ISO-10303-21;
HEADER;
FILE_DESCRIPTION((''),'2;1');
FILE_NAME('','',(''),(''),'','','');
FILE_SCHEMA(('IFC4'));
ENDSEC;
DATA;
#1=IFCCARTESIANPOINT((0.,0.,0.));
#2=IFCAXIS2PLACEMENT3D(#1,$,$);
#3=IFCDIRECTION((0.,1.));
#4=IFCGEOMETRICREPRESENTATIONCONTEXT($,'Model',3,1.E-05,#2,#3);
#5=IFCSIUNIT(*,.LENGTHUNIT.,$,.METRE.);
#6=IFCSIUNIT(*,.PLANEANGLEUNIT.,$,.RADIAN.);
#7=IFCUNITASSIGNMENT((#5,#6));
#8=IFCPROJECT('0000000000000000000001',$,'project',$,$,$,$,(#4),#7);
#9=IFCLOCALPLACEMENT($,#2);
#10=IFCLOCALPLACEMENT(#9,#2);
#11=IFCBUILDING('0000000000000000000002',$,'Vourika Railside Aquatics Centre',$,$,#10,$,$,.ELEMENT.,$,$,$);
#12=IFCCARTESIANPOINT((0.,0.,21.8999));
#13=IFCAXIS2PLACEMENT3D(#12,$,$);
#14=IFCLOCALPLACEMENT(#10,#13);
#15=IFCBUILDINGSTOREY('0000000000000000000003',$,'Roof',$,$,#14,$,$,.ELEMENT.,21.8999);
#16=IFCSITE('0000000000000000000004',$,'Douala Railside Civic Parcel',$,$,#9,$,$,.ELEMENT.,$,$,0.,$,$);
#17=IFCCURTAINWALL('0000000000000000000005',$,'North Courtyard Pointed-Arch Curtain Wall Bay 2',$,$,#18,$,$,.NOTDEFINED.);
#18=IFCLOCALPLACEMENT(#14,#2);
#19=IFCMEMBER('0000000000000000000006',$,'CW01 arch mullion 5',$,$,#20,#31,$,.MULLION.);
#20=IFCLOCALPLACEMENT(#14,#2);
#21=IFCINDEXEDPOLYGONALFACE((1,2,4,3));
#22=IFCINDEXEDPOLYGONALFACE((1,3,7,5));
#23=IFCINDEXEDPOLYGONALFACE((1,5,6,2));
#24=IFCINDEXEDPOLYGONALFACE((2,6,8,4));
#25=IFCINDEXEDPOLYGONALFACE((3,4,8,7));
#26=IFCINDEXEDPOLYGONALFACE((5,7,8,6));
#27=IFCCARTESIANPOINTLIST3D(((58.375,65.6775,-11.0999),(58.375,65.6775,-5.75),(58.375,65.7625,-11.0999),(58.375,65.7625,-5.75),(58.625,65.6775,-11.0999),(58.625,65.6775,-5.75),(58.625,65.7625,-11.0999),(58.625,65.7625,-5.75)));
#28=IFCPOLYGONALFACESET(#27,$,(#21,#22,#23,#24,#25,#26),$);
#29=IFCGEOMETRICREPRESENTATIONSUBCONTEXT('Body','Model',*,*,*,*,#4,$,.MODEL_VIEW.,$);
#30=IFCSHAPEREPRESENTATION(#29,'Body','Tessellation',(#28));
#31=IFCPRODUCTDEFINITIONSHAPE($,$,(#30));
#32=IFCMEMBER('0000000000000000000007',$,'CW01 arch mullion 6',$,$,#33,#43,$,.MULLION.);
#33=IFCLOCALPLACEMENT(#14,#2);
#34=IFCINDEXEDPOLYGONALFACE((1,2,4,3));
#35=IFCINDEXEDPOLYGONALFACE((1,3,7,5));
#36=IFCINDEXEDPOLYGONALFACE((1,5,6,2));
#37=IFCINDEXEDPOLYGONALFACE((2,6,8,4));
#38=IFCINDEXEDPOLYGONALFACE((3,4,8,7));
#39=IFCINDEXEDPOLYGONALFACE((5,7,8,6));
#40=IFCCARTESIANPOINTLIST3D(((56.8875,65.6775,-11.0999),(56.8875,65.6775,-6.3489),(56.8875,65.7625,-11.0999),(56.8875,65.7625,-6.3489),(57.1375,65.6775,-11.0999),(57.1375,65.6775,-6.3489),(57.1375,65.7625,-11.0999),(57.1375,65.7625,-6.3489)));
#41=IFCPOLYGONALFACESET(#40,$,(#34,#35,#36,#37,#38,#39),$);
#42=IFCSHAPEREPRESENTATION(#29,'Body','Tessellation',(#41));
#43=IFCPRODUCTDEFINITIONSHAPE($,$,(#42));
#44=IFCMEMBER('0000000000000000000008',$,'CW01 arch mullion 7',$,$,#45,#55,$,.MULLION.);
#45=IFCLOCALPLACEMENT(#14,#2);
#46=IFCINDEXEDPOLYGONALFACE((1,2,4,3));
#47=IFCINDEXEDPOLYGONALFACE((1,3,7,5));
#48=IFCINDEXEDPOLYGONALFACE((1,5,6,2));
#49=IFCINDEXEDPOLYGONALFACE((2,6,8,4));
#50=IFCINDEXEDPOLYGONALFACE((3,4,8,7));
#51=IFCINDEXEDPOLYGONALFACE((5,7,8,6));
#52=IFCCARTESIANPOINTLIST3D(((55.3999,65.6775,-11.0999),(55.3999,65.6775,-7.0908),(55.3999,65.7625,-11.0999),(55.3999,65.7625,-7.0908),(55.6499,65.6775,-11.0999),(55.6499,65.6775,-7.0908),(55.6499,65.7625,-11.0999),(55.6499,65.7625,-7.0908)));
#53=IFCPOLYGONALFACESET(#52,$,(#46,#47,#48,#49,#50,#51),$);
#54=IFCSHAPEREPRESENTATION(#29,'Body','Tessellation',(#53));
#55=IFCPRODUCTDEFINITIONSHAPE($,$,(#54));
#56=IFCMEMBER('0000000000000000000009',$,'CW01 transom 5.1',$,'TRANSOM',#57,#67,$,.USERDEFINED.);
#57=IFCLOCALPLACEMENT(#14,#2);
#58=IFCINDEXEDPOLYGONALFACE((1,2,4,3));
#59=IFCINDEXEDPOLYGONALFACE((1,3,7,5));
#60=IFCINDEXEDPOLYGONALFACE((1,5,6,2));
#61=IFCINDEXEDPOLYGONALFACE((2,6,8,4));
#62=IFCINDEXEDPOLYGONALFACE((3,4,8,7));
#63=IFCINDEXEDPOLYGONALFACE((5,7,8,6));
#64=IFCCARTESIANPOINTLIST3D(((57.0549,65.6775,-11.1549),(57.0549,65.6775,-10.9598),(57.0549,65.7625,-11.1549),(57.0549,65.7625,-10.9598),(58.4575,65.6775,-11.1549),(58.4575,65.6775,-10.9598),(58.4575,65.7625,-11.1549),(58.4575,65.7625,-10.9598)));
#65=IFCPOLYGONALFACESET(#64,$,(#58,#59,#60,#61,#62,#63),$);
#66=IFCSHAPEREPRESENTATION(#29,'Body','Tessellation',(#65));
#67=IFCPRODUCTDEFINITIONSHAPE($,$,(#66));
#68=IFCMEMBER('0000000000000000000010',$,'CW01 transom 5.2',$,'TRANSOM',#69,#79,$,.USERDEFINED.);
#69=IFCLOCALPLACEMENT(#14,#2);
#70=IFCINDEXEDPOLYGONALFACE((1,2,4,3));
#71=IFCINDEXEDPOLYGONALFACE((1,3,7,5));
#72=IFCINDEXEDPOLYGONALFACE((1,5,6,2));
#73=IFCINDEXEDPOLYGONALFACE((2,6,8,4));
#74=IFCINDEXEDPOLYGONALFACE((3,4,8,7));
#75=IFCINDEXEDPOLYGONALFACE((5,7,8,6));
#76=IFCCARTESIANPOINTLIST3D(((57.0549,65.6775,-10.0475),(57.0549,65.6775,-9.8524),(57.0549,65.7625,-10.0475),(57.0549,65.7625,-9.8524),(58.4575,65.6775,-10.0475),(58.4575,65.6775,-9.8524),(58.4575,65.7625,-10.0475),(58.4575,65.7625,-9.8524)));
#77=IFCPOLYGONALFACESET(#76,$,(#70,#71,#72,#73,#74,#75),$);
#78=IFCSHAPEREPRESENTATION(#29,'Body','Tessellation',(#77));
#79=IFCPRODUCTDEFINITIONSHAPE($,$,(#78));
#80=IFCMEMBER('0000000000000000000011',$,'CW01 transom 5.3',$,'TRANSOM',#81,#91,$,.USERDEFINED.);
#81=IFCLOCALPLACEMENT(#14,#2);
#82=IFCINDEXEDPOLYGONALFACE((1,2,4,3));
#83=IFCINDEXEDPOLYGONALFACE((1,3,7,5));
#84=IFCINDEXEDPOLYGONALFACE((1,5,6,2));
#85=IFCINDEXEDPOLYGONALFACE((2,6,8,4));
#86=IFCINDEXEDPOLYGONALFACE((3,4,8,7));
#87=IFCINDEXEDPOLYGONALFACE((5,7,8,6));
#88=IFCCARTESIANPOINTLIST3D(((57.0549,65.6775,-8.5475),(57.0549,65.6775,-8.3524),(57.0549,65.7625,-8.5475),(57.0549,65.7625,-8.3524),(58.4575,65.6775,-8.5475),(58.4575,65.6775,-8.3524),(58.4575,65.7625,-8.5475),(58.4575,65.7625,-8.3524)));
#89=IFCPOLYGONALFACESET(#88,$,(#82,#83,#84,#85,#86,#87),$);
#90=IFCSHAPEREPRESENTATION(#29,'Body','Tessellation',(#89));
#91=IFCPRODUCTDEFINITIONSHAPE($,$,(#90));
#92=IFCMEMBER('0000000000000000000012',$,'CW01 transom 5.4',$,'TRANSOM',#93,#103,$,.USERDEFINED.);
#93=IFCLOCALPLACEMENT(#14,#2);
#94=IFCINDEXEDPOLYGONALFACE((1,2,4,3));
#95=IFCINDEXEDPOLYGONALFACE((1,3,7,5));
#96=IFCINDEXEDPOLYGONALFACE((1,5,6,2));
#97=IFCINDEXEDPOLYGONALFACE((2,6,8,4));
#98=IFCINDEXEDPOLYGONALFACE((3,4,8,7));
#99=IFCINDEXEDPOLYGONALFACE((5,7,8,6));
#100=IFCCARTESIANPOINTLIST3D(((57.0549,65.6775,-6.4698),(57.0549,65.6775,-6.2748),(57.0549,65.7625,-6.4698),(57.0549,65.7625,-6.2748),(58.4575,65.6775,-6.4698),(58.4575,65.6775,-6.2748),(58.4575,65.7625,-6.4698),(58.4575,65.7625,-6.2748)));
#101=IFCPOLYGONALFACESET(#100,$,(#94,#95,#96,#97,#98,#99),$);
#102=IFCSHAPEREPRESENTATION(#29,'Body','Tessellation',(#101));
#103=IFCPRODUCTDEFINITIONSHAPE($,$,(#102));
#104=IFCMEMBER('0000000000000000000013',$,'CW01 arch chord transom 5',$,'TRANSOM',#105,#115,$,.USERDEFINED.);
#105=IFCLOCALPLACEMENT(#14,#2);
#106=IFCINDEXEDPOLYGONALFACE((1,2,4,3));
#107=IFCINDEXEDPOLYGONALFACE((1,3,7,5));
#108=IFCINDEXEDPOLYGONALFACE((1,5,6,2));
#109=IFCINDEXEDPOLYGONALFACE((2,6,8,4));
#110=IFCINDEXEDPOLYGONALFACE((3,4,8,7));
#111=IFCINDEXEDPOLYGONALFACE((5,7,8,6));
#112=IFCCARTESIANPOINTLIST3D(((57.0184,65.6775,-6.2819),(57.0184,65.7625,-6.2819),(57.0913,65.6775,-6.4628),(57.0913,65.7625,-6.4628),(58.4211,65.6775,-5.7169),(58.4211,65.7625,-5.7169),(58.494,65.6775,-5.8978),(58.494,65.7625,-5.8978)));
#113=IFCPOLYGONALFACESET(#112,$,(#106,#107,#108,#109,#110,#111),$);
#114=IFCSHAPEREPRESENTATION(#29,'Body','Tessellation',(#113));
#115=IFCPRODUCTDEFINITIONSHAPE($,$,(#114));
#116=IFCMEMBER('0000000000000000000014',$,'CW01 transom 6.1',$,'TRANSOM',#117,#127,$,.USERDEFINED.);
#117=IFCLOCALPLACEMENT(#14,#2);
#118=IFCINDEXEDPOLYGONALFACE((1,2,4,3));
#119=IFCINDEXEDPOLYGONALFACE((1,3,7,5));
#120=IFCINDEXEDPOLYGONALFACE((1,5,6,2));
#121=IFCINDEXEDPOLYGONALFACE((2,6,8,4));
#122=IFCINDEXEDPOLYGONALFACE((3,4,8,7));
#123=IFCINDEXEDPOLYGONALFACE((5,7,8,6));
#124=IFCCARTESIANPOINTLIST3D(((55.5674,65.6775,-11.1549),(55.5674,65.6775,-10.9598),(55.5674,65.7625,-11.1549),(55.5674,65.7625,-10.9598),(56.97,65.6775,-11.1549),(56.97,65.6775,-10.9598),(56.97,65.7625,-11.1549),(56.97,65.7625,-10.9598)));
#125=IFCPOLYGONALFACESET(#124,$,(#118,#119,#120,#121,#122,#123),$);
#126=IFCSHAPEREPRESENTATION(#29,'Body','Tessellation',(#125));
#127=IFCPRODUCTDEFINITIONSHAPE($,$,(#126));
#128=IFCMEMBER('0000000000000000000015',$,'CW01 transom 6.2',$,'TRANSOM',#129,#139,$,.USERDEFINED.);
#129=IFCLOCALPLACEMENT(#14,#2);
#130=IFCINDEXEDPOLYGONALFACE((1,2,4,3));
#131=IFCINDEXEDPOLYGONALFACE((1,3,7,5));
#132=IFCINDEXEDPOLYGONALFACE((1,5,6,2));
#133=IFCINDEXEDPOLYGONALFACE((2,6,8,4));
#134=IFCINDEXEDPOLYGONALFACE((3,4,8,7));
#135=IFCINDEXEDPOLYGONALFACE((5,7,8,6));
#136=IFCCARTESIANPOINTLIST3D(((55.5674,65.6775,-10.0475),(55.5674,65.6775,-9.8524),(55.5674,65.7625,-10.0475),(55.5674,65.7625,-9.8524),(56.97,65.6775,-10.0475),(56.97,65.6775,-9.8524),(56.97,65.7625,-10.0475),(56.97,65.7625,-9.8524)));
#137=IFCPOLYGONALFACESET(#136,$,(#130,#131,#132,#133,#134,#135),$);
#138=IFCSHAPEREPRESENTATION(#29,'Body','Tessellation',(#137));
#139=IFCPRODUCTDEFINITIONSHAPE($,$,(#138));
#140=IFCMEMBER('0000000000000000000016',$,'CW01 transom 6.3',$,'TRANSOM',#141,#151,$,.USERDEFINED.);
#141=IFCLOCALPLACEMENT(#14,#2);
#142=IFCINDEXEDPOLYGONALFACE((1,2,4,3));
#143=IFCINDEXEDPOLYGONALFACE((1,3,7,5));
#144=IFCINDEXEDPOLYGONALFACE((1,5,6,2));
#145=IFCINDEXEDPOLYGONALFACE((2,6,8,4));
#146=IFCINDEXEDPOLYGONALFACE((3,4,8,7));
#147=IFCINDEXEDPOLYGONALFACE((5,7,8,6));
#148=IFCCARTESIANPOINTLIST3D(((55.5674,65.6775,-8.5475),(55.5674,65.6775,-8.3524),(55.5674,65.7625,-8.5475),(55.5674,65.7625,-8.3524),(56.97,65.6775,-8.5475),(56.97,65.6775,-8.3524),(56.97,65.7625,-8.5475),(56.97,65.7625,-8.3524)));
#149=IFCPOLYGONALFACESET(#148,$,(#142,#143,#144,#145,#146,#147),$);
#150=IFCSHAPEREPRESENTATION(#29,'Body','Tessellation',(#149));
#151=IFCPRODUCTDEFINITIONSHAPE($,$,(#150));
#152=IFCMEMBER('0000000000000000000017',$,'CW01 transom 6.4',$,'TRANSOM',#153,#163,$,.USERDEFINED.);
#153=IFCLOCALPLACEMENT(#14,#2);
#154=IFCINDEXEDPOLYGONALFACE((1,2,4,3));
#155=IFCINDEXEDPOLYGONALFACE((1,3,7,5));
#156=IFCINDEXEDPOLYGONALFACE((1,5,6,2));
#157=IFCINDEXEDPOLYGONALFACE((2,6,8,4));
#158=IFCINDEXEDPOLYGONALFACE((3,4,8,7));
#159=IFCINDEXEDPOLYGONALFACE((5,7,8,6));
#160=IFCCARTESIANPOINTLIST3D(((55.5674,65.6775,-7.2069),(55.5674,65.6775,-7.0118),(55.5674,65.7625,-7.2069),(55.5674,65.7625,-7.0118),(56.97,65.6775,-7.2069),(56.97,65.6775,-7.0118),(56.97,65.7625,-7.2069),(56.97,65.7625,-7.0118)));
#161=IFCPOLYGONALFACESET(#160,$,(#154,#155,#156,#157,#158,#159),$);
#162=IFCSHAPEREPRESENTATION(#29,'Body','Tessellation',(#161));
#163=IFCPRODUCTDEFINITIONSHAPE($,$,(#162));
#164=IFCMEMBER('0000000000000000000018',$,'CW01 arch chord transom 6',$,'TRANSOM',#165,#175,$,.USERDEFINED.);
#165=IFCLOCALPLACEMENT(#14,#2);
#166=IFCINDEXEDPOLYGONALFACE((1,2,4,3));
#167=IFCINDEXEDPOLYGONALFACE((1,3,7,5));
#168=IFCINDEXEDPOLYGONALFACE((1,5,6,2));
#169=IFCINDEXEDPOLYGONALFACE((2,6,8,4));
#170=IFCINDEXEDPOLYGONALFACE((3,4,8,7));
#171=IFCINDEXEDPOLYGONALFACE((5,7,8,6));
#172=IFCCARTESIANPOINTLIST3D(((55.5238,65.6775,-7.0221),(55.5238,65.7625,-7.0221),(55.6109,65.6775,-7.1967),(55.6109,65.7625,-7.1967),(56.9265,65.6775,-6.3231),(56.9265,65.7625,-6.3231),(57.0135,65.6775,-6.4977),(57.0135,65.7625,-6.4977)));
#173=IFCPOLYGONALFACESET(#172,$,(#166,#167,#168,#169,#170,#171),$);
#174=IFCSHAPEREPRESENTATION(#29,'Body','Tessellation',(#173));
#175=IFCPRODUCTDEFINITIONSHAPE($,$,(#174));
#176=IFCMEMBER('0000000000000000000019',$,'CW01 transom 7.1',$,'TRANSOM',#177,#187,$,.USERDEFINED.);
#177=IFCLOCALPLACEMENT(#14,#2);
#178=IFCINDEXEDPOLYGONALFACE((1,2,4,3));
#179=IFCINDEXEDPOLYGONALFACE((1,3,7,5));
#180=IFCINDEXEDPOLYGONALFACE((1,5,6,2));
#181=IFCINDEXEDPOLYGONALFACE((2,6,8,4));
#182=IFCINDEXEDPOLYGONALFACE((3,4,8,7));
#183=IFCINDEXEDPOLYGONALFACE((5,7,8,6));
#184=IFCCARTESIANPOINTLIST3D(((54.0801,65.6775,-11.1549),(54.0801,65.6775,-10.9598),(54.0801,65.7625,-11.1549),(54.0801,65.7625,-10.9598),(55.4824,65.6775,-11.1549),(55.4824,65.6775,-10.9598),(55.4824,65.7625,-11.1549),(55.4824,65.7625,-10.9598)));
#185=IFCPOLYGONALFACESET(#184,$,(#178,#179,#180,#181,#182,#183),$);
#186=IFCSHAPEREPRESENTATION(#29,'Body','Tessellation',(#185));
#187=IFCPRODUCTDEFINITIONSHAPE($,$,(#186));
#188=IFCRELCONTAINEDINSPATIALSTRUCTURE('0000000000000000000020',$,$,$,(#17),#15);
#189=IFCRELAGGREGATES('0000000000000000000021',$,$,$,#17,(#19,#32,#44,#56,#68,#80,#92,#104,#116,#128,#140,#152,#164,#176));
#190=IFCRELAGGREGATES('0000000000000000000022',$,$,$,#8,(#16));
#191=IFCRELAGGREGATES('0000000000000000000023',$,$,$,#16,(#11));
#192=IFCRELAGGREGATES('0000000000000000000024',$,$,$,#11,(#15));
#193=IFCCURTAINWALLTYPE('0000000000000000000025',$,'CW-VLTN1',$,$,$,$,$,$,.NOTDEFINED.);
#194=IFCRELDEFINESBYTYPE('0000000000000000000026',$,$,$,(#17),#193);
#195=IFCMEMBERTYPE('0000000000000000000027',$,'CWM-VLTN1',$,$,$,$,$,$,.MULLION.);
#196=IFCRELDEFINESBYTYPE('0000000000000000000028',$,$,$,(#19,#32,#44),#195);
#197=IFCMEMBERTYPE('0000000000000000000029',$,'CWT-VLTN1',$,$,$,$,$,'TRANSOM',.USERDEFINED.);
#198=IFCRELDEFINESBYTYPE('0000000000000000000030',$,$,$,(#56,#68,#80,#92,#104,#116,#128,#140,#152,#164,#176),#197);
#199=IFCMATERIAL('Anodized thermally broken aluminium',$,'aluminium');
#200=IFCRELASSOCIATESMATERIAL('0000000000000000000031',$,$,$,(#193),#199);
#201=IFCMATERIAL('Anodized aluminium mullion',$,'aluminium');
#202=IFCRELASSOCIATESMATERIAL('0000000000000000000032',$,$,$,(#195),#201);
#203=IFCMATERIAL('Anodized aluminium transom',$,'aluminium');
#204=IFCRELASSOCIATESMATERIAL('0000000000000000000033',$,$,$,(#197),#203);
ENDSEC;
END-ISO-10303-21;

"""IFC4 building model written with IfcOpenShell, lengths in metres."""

from ifc_helpers import new_model, si_unit, direction, frame, origin, origin_2d, place, context, subcontext, project, spatial, rectangle, extrude, material, material_profile, profile_set, type_object, element, aggregate, save


model = new_model("IFC4")

# Units and contexts
model_context = context("Model", 3, precision=1e-05, world=origin(), true_north=direction((0.0, 1.0)))
body_context = subcontext(model_context, "Body", "Model", "MODEL_VIEW")
ifc_project = project(units=[si_unit("LENGTHUNIT", "METRE"), si_unit("PLANEANGLEUNIT", "RADIAN")], contexts=[model_context])

# Site, building, storey
site_placement = place(None, origin())
site = spatial("IfcSite", under=ifc_project, at=site_placement, Name="Douala Railside Civic Parcel", CompositionType="ELEMENT", RefElevation=0.0)
building_placement = place(site_placement, origin())
building = spatial("IfcBuilding", under=site, at=building_placement, Name="Vourika Railside Aquatics Centre", CompositionType="ELEMENT")
storey_placement = place(building_placement, frame((0.0, 0.0, 21.8999)))
storey = spatial("IfcBuildingStorey", under=building, at=storey_placement, Name="Roof", CompositionType="ELEMENT", Elevation=21.8999)

# Curtain wall, members
ifc_material_1 = material(Name="Anodized thermally broken aluminium", Category="aluminium")
curtain_wall_type = type_object("IfcCurtainWallType", Name="CW-VLTN1", PredefinedType="NOTDEFINED", material=ifc_material_1)
curtain_wall_placement = place(storey_placement, origin())
curtain_wall = element("IfcCurtainWall", 1, at=curtain_wall_placement, inside=storey, type_object=curtain_wall_type, Name="North Courtyard Pointed-Arch Curtain Wall Bay 2", PredefinedType="NOTDEFINED")
ifc_material_2 = material(Name="Anodized aluminium mullion", Category="aluminium")
ifc_material_profile_1 = material_profile(ifc_material_2, rectangle(XDim=0.085, YDim=0.25, at=origin_2d()), Name="ALU-M 85x250")
ifc_profile_set_1 = profile_set([ifc_material_profile_1], Name="Anodized aluminium mullion")
member_type_1 = type_object("IfcMemberType", Name="CWM-VLTN1", PredefinedType="MULLION", material=ifc_profile_set_1)
member_1_placement = place(storey_placement, frame((58.5, 65.72, -11.0999), z_axis=(0.0, 0.0, 1.0), x_axis=(0.0, -1.0, 0.0)))
member_1 = element("IfcMember", 2, at=member_1_placement, type_object=member_type_1, Name="CW01 arch mullion 5", PredefinedType="MULLION", context=body_context, shape_type="SweptSolid", body=[
    extrude(rectangle(XDim=0.085, YDim=0.25, at=origin_2d()), origin(), (0.0, 0.0, 1.0), 5.3499),
])
member_2_placement = place(storey_placement, frame((57.0125, 65.72, -11.0999), z_axis=(0.0, 0.0, 1.0), x_axis=(0.0, -1.0, 0.0)))
member_2 = element("IfcMember", 3, at=member_2_placement, type_object=member_type_1, Name="CW01 arch mullion 6", PredefinedType="MULLION", context=body_context, shape_type="SweptSolid", body=[
    extrude(rectangle(XDim=0.085, YDim=0.25, at=origin_2d()), origin(), (0.0, 0.0, 1.0), 4.751),
])
member_3_placement = place(storey_placement, frame((55.5249, 65.72, -11.0999), z_axis=(0.0, 0.0, 1.0), x_axis=(0.0, -1.0, 0.0)))
member_3 = element("IfcMember", 4, at=member_3_placement, type_object=member_type_1, Name="CW01 arch mullion 7", PredefinedType="MULLION", context=body_context, shape_type="SweptSolid", body=[
    extrude(rectangle(XDim=0.085, YDim=0.25, at=origin_2d()), origin(), (0.0, 0.0, 1.0), 4.009),
])
ifc_material_3 = material(Name="Anodized aluminium transom", Category="aluminium")
ifc_material_profile_2 = material_profile(ifc_material_3, rectangle(XDim=0.085, YDim=0.1951, at=origin_2d()), Name="ALU-T 85x195")
ifc_profile_set_2 = profile_set([ifc_material_profile_2], Name="Anodized aluminium transom")
member_type_2 = type_object("IfcMemberType", Name="CWT-VLTN1", ElementType="TRANSOM", PredefinedType="USERDEFINED", material=ifc_profile_set_2)
member_4_placement = place(storey_placement, frame((58.4575, 65.72, -11.0574), z_axis=(-1.0, 0.0, 0.0), x_axis=(0.0, -1.0, 0.0)))
member_4 = element("IfcMember", 5, at=member_4_placement, type_object=member_type_2, Name="CW01 transom 5.1", ObjectType="TRANSOM", PredefinedType="USERDEFINED", context=body_context, shape_type="SweptSolid", body=[
    extrude(rectangle(XDim=0.085, YDim=0.1951, at=origin_2d()), origin(), (0.0, 0.0, 1.0), 1.4026),
])
member_5_placement = place(storey_placement, frame((58.4575, 65.72, -9.95), z_axis=(-1.0, 0.0, 0.0), x_axis=(0.0, -1.0, 0.0)))
member_5 = element("IfcMember", 6, at=member_5_placement, type_object=member_type_2, Name="CW01 transom 5.2", ObjectType="TRANSOM", PredefinedType="USERDEFINED", context=body_context, shape_type="SweptSolid", body=[
    extrude(rectangle(XDim=0.085, YDim=0.1951, at=origin_2d()), origin(), (0.0, 0.0, 1.0), 1.4026),
])
member_6_placement = place(storey_placement, frame((58.4575, 65.72, -8.45), z_axis=(-1.0, 0.0, 0.0), x_axis=(0.0, -1.0, 0.0)))
member_6 = element("IfcMember", 7, at=member_6_placement, type_object=member_type_2, Name="CW01 transom 5.3", ObjectType="TRANSOM", PredefinedType="USERDEFINED", context=body_context, shape_type="SweptSolid", body=[
    extrude(rectangle(XDim=0.085, YDim=0.1951, at=origin_2d()), origin(), (0.0, 0.0, 1.0), 1.4026),
])
member_7_placement = place(storey_placement, frame((58.4575, 65.72, -6.3723), z_axis=(-1.0, 0.0, 0.0), x_axis=(0.0, -1.0, 0.0)))
member_7 = element("IfcMember", 8, at=member_7_placement, type_object=member_type_2, Name="CW01 transom 5.4", ObjectType="TRANSOM", PredefinedType="USERDEFINED", context=body_context, shape_type="SweptSolid", body=[
    extrude(rectangle(XDim=0.085, YDim=0.1951, at=origin_2d()), origin(), (0.0, 0.0, 1.0), 1.4026),
])
member_8_placement = place(storey_placement, frame((58.4575, 65.72, -5.8074), z_axis=(-0.927583, 0.0, -0.373617), x_axis=(0.0, -1.0, 0.0)))
member_8 = element("IfcMember", 9, at=member_8_placement, type_object=member_type_2, Name="CW01 arch chord transom 5", ObjectType="TRANSOM", PredefinedType="USERDEFINED", context=body_context, shape_type="SweptSolid", body=[
    extrude(rectangle(XDim=0.085, YDim=0.1951, at=origin_2d()), origin(), (0.0, 0.0, 1.0), 1.5122),
])
member_9_placement = place(storey_placement, frame((56.97, 65.72, -11.0574), z_axis=(-1.0, 0.0, 0.0), x_axis=(0.0, -1.0, 0.0)))
member_9 = element("IfcMember", 10, at=member_9_placement, type_object=member_type_2, Name="CW01 transom 6.1", ObjectType="TRANSOM", PredefinedType="USERDEFINED", context=body_context, shape_type="SweptSolid", body=[
    extrude(rectangle(XDim=0.085, YDim=0.1951, at=origin_2d()), origin(), (0.0, 0.0, 1.0), 1.4026),
])
member_10_placement = place(storey_placement, frame((56.97, 65.72, -9.95), z_axis=(-1.0, 0.0, 0.0), x_axis=(0.0, -1.0, 0.0)))
member_10 = element("IfcMember", 11, at=member_10_placement, type_object=member_type_2, Name="CW01 transom 6.2", ObjectType="TRANSOM", PredefinedType="USERDEFINED", context=body_context, shape_type="SweptSolid", body=[
    extrude(rectangle(XDim=0.085, YDim=0.1951, at=origin_2d()), origin(), (0.0, 0.0, 1.0), 1.4026),
])
member_11_placement = place(storey_placement, frame((56.97, 65.72, -8.45), z_axis=(-1.0, 0.0, 0.0), x_axis=(0.0, -1.0, 0.0)))
member_11 = element("IfcMember", 12, at=member_11_placement, type_object=member_type_2, Name="CW01 transom 6.3", ObjectType="TRANSOM", PredefinedType="USERDEFINED", context=body_context, shape_type="SweptSolid", body=[
    extrude(rectangle(XDim=0.085, YDim=0.1951, at=origin_2d()), origin(), (0.0, 0.0, 1.0), 1.4026),
])
member_12_placement = place(storey_placement, frame((56.97, 65.72, -7.1094), z_axis=(-1.0, 0.0, 0.0), x_axis=(0.0, -1.0, 0.0)))
member_12 = element("IfcMember", 13, at=member_12_placement, type_object=member_type_2, Name="CW01 transom 6.4", ObjectType="TRANSOM", PredefinedType="USERDEFINED", context=body_context, shape_type="SweptSolid", body=[
    extrude(rectangle(XDim=0.085, YDim=0.1951, at=origin_2d()), origin(), (0.0, 0.0, 1.0), 1.4026),
])
member_13_placement = place(storey_placement, frame((56.97, 65.72, -6.4104), z_axis=(-0.895018, 0.0, -0.446029), x_axis=(0.0, -1.0, 0.0)))
member_13 = element("IfcMember", 14, at=member_13_placement, type_object=member_type_2, Name="CW01 arch chord transom 6", ObjectType="TRANSOM", PredefinedType="USERDEFINED", context=body_context, shape_type="SweptSolid", body=[
    extrude(rectangle(XDim=0.085, YDim=0.1951, at=origin_2d()), origin(), (0.0, 0.0, 1.0), 1.5671),
])
member_14_placement = place(storey_placement, frame((55.4824, 65.72, -11.0574), z_axis=(-1.0, 0.0, 0.0), x_axis=(0.0, -1.0, 0.0)))
member_14 = element("IfcMember", 15, at=member_14_placement, type_object=member_type_2, Name="CW01 transom 7.1", ObjectType="TRANSOM", PredefinedType="USERDEFINED", context=body_context, shape_type="SweptSolid", body=[
    extrude(rectangle(XDim=0.085, YDim=0.1951, at=origin_2d()), origin(), (0.0, 0.0, 1.0), 1.4023),
])

aggregate(curtain_wall, [member_1, member_2, member_3, member_4, member_5, member_6, member_7, member_8, member_9, member_10, member_11, member_12, member_13, member_14])

save(model, "model.ifc")
